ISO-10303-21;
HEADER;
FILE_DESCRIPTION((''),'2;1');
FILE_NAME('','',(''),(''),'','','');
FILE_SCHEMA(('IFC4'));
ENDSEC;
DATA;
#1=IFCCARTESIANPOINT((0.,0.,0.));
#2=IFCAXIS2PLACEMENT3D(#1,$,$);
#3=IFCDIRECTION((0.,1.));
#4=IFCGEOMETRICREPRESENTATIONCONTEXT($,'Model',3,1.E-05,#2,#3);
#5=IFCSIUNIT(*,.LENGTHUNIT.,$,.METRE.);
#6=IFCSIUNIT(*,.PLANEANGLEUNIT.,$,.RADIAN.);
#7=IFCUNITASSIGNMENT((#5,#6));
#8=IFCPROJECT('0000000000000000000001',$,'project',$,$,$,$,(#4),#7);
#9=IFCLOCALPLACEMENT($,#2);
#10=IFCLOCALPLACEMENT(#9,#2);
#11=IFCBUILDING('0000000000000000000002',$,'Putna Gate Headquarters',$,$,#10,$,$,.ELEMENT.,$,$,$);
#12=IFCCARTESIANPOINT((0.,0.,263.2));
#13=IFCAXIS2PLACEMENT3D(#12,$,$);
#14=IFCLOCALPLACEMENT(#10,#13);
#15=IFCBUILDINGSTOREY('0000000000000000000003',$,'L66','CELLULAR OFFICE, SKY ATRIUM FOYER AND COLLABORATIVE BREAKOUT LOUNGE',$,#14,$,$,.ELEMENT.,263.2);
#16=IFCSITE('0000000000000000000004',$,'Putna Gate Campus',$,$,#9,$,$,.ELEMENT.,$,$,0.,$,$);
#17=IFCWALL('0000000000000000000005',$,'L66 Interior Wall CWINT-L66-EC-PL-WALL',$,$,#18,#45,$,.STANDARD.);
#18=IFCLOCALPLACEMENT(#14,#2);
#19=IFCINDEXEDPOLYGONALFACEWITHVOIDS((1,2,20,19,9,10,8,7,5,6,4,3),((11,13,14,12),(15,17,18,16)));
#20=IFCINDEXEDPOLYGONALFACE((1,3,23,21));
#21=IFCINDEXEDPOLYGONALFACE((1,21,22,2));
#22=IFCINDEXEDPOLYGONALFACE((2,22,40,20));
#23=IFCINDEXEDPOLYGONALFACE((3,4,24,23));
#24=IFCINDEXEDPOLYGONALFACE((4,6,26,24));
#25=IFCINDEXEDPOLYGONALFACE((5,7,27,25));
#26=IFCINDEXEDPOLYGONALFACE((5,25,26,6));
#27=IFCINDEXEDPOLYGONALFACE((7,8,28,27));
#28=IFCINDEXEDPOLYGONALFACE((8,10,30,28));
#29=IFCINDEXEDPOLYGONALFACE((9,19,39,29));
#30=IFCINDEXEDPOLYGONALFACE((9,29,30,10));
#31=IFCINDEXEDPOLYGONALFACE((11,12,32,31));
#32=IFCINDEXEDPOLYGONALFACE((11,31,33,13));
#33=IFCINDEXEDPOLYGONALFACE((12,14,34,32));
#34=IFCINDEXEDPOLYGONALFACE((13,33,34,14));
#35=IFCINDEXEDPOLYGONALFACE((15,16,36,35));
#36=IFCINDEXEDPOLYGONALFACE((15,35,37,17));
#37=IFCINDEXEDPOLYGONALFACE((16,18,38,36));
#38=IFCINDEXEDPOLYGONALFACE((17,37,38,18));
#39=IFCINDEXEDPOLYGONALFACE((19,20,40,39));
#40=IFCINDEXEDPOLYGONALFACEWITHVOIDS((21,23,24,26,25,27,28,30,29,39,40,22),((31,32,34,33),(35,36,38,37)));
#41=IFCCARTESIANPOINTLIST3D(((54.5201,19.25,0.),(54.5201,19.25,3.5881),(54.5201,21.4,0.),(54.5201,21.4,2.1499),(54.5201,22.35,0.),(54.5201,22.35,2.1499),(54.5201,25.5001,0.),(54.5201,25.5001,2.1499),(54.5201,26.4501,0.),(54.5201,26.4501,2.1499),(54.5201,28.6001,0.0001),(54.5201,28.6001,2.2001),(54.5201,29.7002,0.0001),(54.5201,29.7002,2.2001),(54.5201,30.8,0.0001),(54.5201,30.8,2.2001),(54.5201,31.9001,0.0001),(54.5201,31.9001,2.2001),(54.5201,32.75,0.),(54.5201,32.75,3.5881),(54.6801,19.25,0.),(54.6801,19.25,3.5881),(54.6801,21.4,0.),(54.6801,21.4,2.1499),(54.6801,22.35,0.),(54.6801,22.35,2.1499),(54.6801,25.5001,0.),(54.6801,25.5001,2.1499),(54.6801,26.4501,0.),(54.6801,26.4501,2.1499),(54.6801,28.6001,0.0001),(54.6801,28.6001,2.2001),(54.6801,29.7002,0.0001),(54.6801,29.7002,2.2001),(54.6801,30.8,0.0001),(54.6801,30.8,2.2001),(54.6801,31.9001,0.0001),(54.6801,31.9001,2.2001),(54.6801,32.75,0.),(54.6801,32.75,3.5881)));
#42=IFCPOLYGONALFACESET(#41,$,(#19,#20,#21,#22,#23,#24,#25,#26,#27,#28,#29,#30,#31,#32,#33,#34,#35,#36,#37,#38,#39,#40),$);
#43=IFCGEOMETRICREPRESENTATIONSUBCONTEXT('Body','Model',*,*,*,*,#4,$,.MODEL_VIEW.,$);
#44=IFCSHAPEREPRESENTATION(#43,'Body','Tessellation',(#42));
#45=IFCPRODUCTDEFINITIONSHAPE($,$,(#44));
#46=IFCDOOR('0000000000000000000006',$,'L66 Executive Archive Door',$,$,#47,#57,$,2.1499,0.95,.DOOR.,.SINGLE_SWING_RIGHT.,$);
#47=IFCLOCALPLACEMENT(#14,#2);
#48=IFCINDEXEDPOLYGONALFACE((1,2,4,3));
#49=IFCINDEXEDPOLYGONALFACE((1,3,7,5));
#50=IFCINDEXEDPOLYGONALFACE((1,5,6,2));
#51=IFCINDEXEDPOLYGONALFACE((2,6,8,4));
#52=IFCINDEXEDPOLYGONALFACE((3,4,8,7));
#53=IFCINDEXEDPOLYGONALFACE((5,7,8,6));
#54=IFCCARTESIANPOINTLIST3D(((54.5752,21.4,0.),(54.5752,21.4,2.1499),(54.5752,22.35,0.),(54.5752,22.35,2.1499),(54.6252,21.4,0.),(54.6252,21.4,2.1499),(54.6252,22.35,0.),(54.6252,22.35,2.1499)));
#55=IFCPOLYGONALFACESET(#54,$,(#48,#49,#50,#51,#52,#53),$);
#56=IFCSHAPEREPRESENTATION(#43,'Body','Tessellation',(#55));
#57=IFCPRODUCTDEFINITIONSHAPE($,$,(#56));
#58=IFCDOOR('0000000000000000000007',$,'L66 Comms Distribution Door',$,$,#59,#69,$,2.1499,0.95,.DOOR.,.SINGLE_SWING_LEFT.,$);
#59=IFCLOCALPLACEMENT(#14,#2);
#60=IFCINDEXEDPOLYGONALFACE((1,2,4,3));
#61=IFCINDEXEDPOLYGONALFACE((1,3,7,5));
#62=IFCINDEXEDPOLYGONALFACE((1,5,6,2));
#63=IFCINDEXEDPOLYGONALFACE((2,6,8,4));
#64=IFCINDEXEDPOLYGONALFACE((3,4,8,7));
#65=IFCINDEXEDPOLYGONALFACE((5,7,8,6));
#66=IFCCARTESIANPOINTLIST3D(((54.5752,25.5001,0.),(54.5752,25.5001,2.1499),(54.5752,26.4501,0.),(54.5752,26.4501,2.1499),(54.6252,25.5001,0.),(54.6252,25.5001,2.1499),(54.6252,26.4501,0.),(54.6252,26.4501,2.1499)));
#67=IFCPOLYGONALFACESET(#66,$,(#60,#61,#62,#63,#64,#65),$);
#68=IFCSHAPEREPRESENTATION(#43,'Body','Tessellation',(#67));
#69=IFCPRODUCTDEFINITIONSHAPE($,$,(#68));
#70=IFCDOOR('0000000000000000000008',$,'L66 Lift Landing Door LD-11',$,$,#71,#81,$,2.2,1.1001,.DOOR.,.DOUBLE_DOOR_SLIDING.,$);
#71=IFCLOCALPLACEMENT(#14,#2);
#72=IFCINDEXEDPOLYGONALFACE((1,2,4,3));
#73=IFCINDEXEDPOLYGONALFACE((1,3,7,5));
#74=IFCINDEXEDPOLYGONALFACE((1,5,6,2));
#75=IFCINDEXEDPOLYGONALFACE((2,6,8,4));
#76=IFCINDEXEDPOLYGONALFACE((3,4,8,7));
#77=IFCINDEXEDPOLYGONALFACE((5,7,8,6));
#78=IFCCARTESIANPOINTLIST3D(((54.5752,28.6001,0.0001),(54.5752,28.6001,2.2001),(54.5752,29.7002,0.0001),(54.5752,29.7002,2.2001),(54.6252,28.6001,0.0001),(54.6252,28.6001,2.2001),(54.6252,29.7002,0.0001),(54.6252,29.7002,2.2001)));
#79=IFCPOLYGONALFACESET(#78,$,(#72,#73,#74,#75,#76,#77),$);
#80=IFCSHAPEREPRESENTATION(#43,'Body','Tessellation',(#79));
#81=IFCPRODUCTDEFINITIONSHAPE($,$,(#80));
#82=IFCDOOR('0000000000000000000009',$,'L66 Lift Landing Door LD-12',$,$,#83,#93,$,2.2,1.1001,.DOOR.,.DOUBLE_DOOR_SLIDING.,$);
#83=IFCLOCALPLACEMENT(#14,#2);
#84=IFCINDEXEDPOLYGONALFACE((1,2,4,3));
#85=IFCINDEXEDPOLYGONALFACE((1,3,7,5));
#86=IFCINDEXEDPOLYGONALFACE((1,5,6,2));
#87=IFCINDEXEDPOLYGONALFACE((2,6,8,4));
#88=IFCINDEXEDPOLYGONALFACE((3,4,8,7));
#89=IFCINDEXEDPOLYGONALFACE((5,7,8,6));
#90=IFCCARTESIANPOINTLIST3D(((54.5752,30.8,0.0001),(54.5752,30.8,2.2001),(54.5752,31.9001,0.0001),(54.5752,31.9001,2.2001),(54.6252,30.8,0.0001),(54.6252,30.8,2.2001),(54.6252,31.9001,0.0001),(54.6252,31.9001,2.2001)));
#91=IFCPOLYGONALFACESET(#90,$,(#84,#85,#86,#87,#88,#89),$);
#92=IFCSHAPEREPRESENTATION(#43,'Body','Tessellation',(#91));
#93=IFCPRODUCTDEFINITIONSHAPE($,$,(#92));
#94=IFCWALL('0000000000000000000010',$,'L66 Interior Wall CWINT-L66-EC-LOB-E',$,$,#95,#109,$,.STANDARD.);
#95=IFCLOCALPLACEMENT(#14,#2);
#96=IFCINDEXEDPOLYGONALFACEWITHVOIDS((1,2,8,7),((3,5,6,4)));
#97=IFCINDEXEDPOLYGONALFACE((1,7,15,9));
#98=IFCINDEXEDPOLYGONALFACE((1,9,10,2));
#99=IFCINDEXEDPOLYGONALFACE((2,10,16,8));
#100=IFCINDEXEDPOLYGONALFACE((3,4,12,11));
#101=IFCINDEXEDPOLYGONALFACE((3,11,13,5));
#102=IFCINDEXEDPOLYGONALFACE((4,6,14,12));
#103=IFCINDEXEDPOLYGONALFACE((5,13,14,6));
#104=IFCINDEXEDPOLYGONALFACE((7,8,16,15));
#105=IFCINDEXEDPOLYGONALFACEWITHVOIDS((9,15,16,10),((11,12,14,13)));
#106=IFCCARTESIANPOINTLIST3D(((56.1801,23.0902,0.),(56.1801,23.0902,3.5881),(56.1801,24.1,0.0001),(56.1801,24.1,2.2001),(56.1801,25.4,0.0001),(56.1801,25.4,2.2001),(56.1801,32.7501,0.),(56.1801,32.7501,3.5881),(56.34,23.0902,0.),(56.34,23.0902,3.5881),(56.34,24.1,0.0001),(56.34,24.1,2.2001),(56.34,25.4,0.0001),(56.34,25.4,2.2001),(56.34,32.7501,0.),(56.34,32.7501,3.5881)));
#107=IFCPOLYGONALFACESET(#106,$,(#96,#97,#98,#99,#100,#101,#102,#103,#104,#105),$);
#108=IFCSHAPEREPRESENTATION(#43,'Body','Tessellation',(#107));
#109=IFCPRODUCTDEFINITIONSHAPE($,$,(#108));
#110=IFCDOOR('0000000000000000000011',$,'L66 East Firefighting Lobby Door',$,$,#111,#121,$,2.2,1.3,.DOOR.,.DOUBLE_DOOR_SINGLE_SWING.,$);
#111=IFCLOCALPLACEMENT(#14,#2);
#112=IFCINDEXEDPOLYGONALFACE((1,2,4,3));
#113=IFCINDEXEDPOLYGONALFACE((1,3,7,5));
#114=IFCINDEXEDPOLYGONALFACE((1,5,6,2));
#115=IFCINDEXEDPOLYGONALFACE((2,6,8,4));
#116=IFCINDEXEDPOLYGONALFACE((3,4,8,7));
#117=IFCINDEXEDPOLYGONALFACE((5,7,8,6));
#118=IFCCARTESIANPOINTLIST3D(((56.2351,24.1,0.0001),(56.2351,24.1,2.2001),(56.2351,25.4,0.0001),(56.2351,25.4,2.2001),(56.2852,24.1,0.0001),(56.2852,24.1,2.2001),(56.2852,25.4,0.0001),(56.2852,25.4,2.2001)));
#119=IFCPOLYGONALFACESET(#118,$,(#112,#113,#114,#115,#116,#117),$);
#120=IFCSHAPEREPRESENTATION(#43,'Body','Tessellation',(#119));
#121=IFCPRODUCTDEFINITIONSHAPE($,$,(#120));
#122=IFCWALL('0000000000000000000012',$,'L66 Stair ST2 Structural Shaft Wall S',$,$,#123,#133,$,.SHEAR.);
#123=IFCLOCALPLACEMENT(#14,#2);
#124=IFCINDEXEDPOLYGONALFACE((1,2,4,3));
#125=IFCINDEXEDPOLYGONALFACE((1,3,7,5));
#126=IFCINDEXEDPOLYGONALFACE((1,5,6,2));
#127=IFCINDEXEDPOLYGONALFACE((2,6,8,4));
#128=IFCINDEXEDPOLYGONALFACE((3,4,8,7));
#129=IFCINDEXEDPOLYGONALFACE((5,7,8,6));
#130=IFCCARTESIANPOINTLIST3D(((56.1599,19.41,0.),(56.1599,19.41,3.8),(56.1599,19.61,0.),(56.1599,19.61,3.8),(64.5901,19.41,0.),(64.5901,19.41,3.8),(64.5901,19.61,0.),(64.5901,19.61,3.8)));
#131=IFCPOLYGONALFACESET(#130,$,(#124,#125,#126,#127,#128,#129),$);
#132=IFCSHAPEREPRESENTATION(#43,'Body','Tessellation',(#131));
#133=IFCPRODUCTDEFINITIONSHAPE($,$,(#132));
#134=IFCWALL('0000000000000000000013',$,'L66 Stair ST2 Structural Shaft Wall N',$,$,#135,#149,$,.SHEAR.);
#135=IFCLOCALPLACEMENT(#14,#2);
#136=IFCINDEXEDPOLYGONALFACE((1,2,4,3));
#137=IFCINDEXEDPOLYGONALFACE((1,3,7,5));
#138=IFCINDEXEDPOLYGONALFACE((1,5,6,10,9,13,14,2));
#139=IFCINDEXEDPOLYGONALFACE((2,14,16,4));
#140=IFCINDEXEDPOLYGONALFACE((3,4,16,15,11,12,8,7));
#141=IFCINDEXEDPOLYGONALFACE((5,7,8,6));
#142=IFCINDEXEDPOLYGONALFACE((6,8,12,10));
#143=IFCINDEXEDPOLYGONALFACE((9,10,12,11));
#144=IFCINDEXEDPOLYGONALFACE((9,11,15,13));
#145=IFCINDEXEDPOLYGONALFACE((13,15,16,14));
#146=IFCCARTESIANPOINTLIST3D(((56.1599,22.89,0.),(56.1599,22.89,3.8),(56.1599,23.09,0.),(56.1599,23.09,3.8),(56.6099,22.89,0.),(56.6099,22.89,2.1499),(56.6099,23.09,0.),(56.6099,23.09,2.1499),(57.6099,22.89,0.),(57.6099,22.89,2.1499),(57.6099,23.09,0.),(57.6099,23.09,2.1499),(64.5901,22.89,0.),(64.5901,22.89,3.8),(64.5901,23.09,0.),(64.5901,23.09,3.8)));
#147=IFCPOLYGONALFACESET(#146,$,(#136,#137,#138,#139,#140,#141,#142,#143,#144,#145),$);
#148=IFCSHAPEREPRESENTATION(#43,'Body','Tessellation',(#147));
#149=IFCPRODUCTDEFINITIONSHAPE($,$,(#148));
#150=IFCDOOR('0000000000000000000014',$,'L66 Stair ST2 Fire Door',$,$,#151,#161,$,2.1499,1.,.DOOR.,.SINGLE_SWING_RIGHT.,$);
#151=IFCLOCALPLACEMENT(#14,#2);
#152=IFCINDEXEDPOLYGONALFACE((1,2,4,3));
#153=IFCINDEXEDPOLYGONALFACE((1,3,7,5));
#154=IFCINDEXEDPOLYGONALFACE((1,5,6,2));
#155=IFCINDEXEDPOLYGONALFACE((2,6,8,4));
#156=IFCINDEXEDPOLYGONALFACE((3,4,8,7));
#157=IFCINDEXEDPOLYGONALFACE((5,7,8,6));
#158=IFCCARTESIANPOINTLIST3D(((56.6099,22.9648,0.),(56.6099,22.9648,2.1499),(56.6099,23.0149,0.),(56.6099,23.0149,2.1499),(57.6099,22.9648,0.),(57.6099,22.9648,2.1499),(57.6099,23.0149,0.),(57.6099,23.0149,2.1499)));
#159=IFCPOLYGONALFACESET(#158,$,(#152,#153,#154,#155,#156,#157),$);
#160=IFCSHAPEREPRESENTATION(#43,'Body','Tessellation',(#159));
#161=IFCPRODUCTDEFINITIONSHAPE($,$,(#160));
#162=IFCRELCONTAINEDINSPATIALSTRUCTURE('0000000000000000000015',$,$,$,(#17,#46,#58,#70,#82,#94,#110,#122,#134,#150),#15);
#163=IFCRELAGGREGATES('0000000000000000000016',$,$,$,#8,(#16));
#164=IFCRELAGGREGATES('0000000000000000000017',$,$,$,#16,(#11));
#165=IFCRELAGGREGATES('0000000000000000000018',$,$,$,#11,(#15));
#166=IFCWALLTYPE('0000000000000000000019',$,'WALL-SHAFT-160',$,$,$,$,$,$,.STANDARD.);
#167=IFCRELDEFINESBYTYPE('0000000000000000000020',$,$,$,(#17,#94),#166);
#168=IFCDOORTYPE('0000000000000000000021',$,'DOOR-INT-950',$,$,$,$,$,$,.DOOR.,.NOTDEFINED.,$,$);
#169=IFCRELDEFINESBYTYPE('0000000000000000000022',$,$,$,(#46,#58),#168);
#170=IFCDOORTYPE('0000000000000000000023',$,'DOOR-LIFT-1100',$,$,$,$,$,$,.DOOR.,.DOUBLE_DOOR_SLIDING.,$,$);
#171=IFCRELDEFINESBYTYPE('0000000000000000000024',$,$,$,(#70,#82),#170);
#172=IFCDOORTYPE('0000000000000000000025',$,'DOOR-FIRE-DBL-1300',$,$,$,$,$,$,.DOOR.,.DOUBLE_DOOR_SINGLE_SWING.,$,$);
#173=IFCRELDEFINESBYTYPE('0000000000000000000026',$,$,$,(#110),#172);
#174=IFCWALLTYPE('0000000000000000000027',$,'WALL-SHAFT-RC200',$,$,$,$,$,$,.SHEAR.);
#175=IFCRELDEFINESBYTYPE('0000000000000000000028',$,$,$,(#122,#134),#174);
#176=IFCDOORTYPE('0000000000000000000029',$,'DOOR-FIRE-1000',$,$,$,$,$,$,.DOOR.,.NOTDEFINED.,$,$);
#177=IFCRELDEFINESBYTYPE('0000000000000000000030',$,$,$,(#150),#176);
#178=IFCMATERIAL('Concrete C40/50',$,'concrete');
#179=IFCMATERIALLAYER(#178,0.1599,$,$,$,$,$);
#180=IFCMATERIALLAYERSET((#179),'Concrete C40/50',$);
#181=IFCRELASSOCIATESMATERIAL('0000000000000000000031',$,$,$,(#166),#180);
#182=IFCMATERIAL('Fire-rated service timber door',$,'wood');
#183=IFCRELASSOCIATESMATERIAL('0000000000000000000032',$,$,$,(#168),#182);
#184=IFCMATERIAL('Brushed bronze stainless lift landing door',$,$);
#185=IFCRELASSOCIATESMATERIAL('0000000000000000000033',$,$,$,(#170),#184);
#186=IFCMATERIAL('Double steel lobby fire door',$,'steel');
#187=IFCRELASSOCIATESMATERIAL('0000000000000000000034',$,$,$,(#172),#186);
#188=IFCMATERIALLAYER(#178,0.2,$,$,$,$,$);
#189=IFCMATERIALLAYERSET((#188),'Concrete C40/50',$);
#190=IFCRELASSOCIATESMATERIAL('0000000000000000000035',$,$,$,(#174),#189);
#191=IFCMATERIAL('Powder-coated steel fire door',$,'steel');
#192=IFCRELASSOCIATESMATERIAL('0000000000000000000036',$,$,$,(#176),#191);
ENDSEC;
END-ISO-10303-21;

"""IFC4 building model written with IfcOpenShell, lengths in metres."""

from ifc_helpers import new_model, si_unit, direction, frame, frame_2d, origin, place, context, subcontext, project, spatial, rectangle, extrude, material, layer, layer_set, type_object, element, fill, save


model = new_model("IFC4")

# Units and contexts
model_context = context("Model", 3, precision=1e-05, world=origin(), true_north=direction((0.0, 1.0)))
body_context = subcontext(model_context, "Body", "Model", "MODEL_VIEW")
ifc_project = project(units=[si_unit("LENGTHUNIT", "METRE"), si_unit("PLANEANGLEUNIT", "RADIAN")], contexts=[model_context])

# Site, building, storey
site_placement = place(None, origin())
site = spatial("IfcSite", under=ifc_project, at=site_placement, Name="Putna Gate Campus", CompositionType="ELEMENT", RefElevation=0.0)
building_placement = place(site_placement, origin())
building = spatial("IfcBuilding", under=site, at=building_placement, Name="Putna Gate Headquarters", CompositionType="ELEMENT")
storey_placement = place(building_placement, frame((0.0, 0.0, 263.2)))
storey = spatial("IfcBuildingStorey", under=building, at=storey_placement, Name="L66", Description="CELLULAR OFFICE, SKY ATRIUM FOYER AND COLLABORATIVE BREAKOUT LOUNGE", CompositionType="ELEMENT", Elevation=263.2)

# Wall, openings, doors
ifc_material_1 = material(Name="Concrete C40/50", Category="concrete")
ifc_layer_1 = layer(ifc_material_1, 0.1599)
ifc_layer_set_1 = layer_set([ifc_layer_1], Name="Concrete C40/50")
wall_type_1 = type_object("IfcWallType", Name="WALL-SHAFT-160", PredefinedType="STANDARD", material=ifc_layer_set_1)
wall_1_placement = place(storey_placement, frame((54.6001, 19.25, 0.0), z_axis=(0.0, 0.0, 1.0), x_axis=(0.0, 1.0, 0.0)))
wall_1 = element("IfcWall", 1, at=wall_1_placement, inside=storey, type_object=wall_type_1, Name="L66 Interior Wall CWINT-L66-EC-PL-WALL", PredefinedType="STANDARD", context=body_context, shape_type="SweptSolid", body=[
    extrude(rectangle(XDim=13.5, YDim=0.1599, at=frame_2d((6.75, 0.0))), origin(), (0.0, 0.0, 1.0), 3.5881),
])
opening_1_placement = place(wall_1_placement, frame((2.1499, 0.0, 0.0)))
opening_1 = element("IfcOpeningElement", 2, at=opening_1_placement, cuts=wall_1, PredefinedType="OPENING", context=body_context, shape_type="SweptSolid", body=[
    extrude(rectangle(XDim=0.95, YDim=2.1499, at=frame_2d((0.4751, 1.075))), frame((0.0, 0.0898, 0.0), z_axis=(0.0, -1.0, 0.0), x_axis=(1.0, 0.0, 0.0)), (0.0, 0.0, 1.0), 0.1799),
])
opening_2_placement = place(wall_1_placement, frame((6.25, 0.0, 0.0)))
opening_2 = element("IfcOpeningElement", 3, at=opening_2_placement, cuts=wall_1, PredefinedType="OPENING", context=body_context, shape_type="SweptSolid", body=[
    extrude(rectangle(XDim=0.95, YDim=2.1499, at=frame_2d((0.4751, 1.075))), frame((0.0, 0.0898, 0.0), z_axis=(0.0, -1.0, 0.0), x_axis=(1.0, 0.0, 0.0)), (0.0, 0.0, 1.0), 0.1799),
])
opening_3_placement = place(wall_1_placement, frame((9.3501, 0.0, 0.0)))
opening_3 = element("IfcOpeningElement", 4, at=opening_3_placement, cuts=wall_1, PredefinedType="OPENING", context=body_context, shape_type="SweptSolid", body=[
    extrude(rectangle(XDim=1.1001, YDim=2.2, at=frame_2d((0.55, 1.1001))), frame((0.0, 0.0898, 0.0), z_axis=(0.0, -1.0, 0.0), x_axis=(1.0, 0.0, 0.0)), (0.0, 0.0, 1.0), 0.1799),
])
opening_4_placement = place(wall_1_placement, frame((11.55, 0.0, 0.0)))
opening_4 = element("IfcOpeningElement", 5, at=opening_4_placement, cuts=wall_1, PredefinedType="OPENING", context=body_context, shape_type="SweptSolid", body=[
    extrude(rectangle(XDim=1.1001, YDim=2.2, at=frame_2d((0.55, 1.1001))), frame((0.0, 0.0898, 0.0), z_axis=(0.0, -1.0, 0.0), x_axis=(1.0, 0.0, 0.0)), (0.0, 0.0, 1.0), 0.1799),
])
ifc_material_2 = material(Name="Fire-rated service timber door", Category="wood")
door_type_1 = type_object("IfcDoorType", Name="DOOR-INT-950", OperationType="NOTDEFINED", PredefinedType="DOOR", material=ifc_material_2)
door_1_placement = place(opening_1_placement, origin())
door_1 = element("IfcDoor", 6, at=door_1_placement, inside=storey, type_object=door_type_1, Name="L66 Executive Archive Door", OperationType="SINGLE_SWING_RIGHT", OverallHeight=2.1499, OverallWidth=0.95, PredefinedType="DOOR", context=body_context, shape_type="SweptSolid", body=[
    extrude(rectangle(XDim=0.95, YDim=2.1499, at=frame_2d((0.4751, 1.075))), frame((0.0, 0.0249, 0.0), z_axis=(0.0, -1.0, 0.0), x_axis=(1.0, 0.0, 0.0)), (0.0, 0.0, 1.0), 0.05),
])
fill(opening_1, door_1)
door_2_placement = place(opening_2_placement, origin())
door_2 = element("IfcDoor", 7, at=door_2_placement, inside=storey, type_object=door_type_1, Name="L66 Comms Distribution Door", OperationType="SINGLE_SWING_LEFT", OverallHeight=2.1499, OverallWidth=0.95, PredefinedType="DOOR", context=body_context, shape_type="SweptSolid", body=[
    extrude(rectangle(XDim=0.95, YDim=2.1499, at=frame_2d((0.4751, 1.075))), frame((0.0, 0.0249, 0.0), z_axis=(0.0, -1.0, 0.0), x_axis=(1.0, 0.0, 0.0)), (0.0, 0.0, 1.0), 0.05),
])
fill(opening_2, door_2)
ifc_material_3 = material(Name="Brushed bronze stainless lift landing door")
door_type_2 = type_object("IfcDoorType", Name="DOOR-LIFT-1100", OperationType="DOUBLE_DOOR_SLIDING", PredefinedType="DOOR", material=ifc_material_3)
door_3_placement = place(opening_3_placement, origin())
door_3 = element("IfcDoor", 8, at=door_3_placement, inside=storey, type_object=door_type_2, Name="L66 Lift Landing Door LD-11", OperationType="DOUBLE_DOOR_SLIDING", OverallHeight=2.2, OverallWidth=1.1001, PredefinedType="DOOR", context=body_context, shape_type="SweptSolid", body=[
    extrude(rectangle(XDim=1.1001, YDim=2.2, at=frame_2d((0.55, 1.1001))), frame((0.0, 0.0249, 0.0), z_axis=(0.0, -1.0, 0.0), x_axis=(1.0, 0.0, 0.0)), (0.0, 0.0, 1.0), 0.05),
])
fill(opening_3, door_3)
door_4_placement = place(opening_4_placement, origin())
door_4 = element("IfcDoor", 9, at=door_4_placement, inside=storey, type_object=door_type_2, Name="L66 Lift Landing Door LD-12", OperationType="DOUBLE_DOOR_SLIDING", OverallHeight=2.2, OverallWidth=1.1001, PredefinedType="DOOR", context=body_context, shape_type="SweptSolid", body=[
    extrude(rectangle(XDim=1.1001, YDim=2.2, at=frame_2d((0.55, 1.1001))), frame((0.0, 0.0249, 0.0), z_axis=(0.0, -1.0, 0.0), x_axis=(1.0, 0.0, 0.0)), (0.0, 0.0, 1.0), 0.05),
])
fill(opening_4, door_4)

# Wall, opening, door
wall_2_placement = place(storey_placement, frame((56.26, 23.0901, 0.0), z_axis=(0.0, 0.0, 1.0), x_axis=(0.0, 1.0, 0.0)))
wall_2 = element("IfcWall", 10, at=wall_2_placement, inside=storey, type_object=wall_type_1, Name="L66 Interior Wall CWINT-L66-EC-LOB-E", PredefinedType="STANDARD", context=body_context, shape_type="SweptSolid", body=[
    extrude(rectangle(XDim=9.6599, YDim=0.1599, at=frame_2d((4.8301, 0.0))), origin(), (0.0, 0.0, 1.0), 3.5881),
])
opening_5_placement = place(wall_2_placement, frame((1.01, 0.0, 0.0)))
opening_5 = element("IfcOpeningElement", 11, at=opening_5_placement, cuts=wall_2, PredefinedType="OPENING", context=body_context, shape_type="SweptSolid", body=[
    extrude(rectangle(XDim=1.3, YDim=2.2, at=frame_2d((0.6499, 1.1001))), frame((0.0, 0.0898, 0.0), z_axis=(0.0, -1.0, 0.0), x_axis=(1.0, 0.0, 0.0)), (0.0, 0.0, 1.0), 0.1799),
])
ifc_material_4 = material(Name="Double steel lobby fire door", Category="steel")
door_type_3 = type_object("IfcDoorType", Name="DOOR-FIRE-DBL-1300", OperationType="DOUBLE_DOOR_SINGLE_SWING", PredefinedType="DOOR", material=ifc_material_4)
door_5_placement = place(opening_5_placement, origin())
door_5 = element("IfcDoor", 12, at=door_5_placement, inside=storey, type_object=door_type_3, Name="L66 East Firefighting Lobby Door", OperationType="DOUBLE_DOOR_SINGLE_SWING", OverallHeight=2.2, OverallWidth=1.3, PredefinedType="DOOR", context=body_context, shape_type="SweptSolid", body=[
    extrude(rectangle(XDim=1.3, YDim=2.2, at=frame_2d((0.6499, 1.1001))), frame((0.0, 0.0249, 0.0), z_axis=(0.0, -1.0, 0.0), x_axis=(1.0, 0.0, 0.0)), (0.0, 0.0, 1.0), 0.05),
])
fill(opening_5, door_5)

# Wall
ifc_layer_2 = layer(ifc_material_1, 0.2)
ifc_layer_set_2 = layer_set([ifc_layer_2], Name="Concrete C40/50")
wall_type_2 = type_object("IfcWallType", Name="WALL-SHAFT-RC200", PredefinedType="SHEAR", material=ifc_layer_set_2)
wall_3_placement = place(storey_placement, frame((56.1599, 19.51, 0.0), z_axis=(0.0, 0.0, 1.0), x_axis=(1.0, 0.0, 0.0)))
element("IfcWall", 13, at=wall_3_placement, inside=storey, type_object=wall_type_2, Name="L66 Stair ST2 Structural Shaft Wall S", PredefinedType="SHEAR", context=body_context, shape_type="SweptSolid", body=[
    extrude(rectangle(XDim=8.4302, YDim=0.2, at=frame_2d((4.2151, 0.0))), origin(), (0.0, 0.0, 1.0), 3.8),
])

# Wall, opening, door
wall_4_placement = place(storey_placement, frame((56.1599, 22.99, 0.0), z_axis=(0.0, 0.0, 1.0), x_axis=(1.0, 0.0, 0.0)))
wall_4 = element("IfcWall", 14, at=wall_4_placement, inside=storey, type_object=wall_type_2, Name="L66 Stair ST2 Structural Shaft Wall N", PredefinedType="SHEAR", context=body_context, shape_type="SweptSolid", body=[
    extrude(rectangle(XDim=8.4302, YDim=0.2, at=frame_2d((4.2151, 0.0))), origin(), (0.0, 0.0, 1.0), 3.8),
])
opening_6_placement = place(wall_4_placement, frame((0.45, 0.0, 0.0)))
opening_6 = element("IfcOpeningElement", 15, at=opening_6_placement, cuts=wall_4, PredefinedType="OPENING", context=body_context, shape_type="SweptSolid", body=[
    extrude(rectangle(XDim=1.0, YDim=2.1499, at=frame_2d((0.5, 1.075))), frame((0.0, 0.1099, 0.0), z_axis=(0.0, -1.0, 0.0), x_axis=(1.0, 0.0, 0.0)), (0.0, 0.0, 1.0), 0.22),
])
ifc_material_5 = material(Name="Powder-coated steel fire door", Category="steel")
door_type_4 = type_object("IfcDoorType", Name="DOOR-FIRE-1000", OperationType="NOTDEFINED", PredefinedType="DOOR", material=ifc_material_5)
door_6_placement = place(opening_6_placement, origin())
door_6 = element("IfcDoor", 16, at=door_6_placement, inside=storey, type_object=door_type_4, Name="L66 Stair ST2 Fire Door", OperationType="SINGLE_SWING_RIGHT", OverallHeight=2.1499, OverallWidth=1.0, PredefinedType="DOOR", context=body_context, shape_type="SweptSolid", body=[
    extrude(rectangle(XDim=1.0, YDim=2.1499, at=frame_2d((0.5, 1.075))), frame((0.0, 0.0249, 0.0), z_axis=(0.0, -1.0, 0.0), x_axis=(1.0, 0.0, 0.0)), (0.0, 0.0, 1.0), 0.05),
])
fill(opening_6, door_6)

save(model, "model.ifc")
